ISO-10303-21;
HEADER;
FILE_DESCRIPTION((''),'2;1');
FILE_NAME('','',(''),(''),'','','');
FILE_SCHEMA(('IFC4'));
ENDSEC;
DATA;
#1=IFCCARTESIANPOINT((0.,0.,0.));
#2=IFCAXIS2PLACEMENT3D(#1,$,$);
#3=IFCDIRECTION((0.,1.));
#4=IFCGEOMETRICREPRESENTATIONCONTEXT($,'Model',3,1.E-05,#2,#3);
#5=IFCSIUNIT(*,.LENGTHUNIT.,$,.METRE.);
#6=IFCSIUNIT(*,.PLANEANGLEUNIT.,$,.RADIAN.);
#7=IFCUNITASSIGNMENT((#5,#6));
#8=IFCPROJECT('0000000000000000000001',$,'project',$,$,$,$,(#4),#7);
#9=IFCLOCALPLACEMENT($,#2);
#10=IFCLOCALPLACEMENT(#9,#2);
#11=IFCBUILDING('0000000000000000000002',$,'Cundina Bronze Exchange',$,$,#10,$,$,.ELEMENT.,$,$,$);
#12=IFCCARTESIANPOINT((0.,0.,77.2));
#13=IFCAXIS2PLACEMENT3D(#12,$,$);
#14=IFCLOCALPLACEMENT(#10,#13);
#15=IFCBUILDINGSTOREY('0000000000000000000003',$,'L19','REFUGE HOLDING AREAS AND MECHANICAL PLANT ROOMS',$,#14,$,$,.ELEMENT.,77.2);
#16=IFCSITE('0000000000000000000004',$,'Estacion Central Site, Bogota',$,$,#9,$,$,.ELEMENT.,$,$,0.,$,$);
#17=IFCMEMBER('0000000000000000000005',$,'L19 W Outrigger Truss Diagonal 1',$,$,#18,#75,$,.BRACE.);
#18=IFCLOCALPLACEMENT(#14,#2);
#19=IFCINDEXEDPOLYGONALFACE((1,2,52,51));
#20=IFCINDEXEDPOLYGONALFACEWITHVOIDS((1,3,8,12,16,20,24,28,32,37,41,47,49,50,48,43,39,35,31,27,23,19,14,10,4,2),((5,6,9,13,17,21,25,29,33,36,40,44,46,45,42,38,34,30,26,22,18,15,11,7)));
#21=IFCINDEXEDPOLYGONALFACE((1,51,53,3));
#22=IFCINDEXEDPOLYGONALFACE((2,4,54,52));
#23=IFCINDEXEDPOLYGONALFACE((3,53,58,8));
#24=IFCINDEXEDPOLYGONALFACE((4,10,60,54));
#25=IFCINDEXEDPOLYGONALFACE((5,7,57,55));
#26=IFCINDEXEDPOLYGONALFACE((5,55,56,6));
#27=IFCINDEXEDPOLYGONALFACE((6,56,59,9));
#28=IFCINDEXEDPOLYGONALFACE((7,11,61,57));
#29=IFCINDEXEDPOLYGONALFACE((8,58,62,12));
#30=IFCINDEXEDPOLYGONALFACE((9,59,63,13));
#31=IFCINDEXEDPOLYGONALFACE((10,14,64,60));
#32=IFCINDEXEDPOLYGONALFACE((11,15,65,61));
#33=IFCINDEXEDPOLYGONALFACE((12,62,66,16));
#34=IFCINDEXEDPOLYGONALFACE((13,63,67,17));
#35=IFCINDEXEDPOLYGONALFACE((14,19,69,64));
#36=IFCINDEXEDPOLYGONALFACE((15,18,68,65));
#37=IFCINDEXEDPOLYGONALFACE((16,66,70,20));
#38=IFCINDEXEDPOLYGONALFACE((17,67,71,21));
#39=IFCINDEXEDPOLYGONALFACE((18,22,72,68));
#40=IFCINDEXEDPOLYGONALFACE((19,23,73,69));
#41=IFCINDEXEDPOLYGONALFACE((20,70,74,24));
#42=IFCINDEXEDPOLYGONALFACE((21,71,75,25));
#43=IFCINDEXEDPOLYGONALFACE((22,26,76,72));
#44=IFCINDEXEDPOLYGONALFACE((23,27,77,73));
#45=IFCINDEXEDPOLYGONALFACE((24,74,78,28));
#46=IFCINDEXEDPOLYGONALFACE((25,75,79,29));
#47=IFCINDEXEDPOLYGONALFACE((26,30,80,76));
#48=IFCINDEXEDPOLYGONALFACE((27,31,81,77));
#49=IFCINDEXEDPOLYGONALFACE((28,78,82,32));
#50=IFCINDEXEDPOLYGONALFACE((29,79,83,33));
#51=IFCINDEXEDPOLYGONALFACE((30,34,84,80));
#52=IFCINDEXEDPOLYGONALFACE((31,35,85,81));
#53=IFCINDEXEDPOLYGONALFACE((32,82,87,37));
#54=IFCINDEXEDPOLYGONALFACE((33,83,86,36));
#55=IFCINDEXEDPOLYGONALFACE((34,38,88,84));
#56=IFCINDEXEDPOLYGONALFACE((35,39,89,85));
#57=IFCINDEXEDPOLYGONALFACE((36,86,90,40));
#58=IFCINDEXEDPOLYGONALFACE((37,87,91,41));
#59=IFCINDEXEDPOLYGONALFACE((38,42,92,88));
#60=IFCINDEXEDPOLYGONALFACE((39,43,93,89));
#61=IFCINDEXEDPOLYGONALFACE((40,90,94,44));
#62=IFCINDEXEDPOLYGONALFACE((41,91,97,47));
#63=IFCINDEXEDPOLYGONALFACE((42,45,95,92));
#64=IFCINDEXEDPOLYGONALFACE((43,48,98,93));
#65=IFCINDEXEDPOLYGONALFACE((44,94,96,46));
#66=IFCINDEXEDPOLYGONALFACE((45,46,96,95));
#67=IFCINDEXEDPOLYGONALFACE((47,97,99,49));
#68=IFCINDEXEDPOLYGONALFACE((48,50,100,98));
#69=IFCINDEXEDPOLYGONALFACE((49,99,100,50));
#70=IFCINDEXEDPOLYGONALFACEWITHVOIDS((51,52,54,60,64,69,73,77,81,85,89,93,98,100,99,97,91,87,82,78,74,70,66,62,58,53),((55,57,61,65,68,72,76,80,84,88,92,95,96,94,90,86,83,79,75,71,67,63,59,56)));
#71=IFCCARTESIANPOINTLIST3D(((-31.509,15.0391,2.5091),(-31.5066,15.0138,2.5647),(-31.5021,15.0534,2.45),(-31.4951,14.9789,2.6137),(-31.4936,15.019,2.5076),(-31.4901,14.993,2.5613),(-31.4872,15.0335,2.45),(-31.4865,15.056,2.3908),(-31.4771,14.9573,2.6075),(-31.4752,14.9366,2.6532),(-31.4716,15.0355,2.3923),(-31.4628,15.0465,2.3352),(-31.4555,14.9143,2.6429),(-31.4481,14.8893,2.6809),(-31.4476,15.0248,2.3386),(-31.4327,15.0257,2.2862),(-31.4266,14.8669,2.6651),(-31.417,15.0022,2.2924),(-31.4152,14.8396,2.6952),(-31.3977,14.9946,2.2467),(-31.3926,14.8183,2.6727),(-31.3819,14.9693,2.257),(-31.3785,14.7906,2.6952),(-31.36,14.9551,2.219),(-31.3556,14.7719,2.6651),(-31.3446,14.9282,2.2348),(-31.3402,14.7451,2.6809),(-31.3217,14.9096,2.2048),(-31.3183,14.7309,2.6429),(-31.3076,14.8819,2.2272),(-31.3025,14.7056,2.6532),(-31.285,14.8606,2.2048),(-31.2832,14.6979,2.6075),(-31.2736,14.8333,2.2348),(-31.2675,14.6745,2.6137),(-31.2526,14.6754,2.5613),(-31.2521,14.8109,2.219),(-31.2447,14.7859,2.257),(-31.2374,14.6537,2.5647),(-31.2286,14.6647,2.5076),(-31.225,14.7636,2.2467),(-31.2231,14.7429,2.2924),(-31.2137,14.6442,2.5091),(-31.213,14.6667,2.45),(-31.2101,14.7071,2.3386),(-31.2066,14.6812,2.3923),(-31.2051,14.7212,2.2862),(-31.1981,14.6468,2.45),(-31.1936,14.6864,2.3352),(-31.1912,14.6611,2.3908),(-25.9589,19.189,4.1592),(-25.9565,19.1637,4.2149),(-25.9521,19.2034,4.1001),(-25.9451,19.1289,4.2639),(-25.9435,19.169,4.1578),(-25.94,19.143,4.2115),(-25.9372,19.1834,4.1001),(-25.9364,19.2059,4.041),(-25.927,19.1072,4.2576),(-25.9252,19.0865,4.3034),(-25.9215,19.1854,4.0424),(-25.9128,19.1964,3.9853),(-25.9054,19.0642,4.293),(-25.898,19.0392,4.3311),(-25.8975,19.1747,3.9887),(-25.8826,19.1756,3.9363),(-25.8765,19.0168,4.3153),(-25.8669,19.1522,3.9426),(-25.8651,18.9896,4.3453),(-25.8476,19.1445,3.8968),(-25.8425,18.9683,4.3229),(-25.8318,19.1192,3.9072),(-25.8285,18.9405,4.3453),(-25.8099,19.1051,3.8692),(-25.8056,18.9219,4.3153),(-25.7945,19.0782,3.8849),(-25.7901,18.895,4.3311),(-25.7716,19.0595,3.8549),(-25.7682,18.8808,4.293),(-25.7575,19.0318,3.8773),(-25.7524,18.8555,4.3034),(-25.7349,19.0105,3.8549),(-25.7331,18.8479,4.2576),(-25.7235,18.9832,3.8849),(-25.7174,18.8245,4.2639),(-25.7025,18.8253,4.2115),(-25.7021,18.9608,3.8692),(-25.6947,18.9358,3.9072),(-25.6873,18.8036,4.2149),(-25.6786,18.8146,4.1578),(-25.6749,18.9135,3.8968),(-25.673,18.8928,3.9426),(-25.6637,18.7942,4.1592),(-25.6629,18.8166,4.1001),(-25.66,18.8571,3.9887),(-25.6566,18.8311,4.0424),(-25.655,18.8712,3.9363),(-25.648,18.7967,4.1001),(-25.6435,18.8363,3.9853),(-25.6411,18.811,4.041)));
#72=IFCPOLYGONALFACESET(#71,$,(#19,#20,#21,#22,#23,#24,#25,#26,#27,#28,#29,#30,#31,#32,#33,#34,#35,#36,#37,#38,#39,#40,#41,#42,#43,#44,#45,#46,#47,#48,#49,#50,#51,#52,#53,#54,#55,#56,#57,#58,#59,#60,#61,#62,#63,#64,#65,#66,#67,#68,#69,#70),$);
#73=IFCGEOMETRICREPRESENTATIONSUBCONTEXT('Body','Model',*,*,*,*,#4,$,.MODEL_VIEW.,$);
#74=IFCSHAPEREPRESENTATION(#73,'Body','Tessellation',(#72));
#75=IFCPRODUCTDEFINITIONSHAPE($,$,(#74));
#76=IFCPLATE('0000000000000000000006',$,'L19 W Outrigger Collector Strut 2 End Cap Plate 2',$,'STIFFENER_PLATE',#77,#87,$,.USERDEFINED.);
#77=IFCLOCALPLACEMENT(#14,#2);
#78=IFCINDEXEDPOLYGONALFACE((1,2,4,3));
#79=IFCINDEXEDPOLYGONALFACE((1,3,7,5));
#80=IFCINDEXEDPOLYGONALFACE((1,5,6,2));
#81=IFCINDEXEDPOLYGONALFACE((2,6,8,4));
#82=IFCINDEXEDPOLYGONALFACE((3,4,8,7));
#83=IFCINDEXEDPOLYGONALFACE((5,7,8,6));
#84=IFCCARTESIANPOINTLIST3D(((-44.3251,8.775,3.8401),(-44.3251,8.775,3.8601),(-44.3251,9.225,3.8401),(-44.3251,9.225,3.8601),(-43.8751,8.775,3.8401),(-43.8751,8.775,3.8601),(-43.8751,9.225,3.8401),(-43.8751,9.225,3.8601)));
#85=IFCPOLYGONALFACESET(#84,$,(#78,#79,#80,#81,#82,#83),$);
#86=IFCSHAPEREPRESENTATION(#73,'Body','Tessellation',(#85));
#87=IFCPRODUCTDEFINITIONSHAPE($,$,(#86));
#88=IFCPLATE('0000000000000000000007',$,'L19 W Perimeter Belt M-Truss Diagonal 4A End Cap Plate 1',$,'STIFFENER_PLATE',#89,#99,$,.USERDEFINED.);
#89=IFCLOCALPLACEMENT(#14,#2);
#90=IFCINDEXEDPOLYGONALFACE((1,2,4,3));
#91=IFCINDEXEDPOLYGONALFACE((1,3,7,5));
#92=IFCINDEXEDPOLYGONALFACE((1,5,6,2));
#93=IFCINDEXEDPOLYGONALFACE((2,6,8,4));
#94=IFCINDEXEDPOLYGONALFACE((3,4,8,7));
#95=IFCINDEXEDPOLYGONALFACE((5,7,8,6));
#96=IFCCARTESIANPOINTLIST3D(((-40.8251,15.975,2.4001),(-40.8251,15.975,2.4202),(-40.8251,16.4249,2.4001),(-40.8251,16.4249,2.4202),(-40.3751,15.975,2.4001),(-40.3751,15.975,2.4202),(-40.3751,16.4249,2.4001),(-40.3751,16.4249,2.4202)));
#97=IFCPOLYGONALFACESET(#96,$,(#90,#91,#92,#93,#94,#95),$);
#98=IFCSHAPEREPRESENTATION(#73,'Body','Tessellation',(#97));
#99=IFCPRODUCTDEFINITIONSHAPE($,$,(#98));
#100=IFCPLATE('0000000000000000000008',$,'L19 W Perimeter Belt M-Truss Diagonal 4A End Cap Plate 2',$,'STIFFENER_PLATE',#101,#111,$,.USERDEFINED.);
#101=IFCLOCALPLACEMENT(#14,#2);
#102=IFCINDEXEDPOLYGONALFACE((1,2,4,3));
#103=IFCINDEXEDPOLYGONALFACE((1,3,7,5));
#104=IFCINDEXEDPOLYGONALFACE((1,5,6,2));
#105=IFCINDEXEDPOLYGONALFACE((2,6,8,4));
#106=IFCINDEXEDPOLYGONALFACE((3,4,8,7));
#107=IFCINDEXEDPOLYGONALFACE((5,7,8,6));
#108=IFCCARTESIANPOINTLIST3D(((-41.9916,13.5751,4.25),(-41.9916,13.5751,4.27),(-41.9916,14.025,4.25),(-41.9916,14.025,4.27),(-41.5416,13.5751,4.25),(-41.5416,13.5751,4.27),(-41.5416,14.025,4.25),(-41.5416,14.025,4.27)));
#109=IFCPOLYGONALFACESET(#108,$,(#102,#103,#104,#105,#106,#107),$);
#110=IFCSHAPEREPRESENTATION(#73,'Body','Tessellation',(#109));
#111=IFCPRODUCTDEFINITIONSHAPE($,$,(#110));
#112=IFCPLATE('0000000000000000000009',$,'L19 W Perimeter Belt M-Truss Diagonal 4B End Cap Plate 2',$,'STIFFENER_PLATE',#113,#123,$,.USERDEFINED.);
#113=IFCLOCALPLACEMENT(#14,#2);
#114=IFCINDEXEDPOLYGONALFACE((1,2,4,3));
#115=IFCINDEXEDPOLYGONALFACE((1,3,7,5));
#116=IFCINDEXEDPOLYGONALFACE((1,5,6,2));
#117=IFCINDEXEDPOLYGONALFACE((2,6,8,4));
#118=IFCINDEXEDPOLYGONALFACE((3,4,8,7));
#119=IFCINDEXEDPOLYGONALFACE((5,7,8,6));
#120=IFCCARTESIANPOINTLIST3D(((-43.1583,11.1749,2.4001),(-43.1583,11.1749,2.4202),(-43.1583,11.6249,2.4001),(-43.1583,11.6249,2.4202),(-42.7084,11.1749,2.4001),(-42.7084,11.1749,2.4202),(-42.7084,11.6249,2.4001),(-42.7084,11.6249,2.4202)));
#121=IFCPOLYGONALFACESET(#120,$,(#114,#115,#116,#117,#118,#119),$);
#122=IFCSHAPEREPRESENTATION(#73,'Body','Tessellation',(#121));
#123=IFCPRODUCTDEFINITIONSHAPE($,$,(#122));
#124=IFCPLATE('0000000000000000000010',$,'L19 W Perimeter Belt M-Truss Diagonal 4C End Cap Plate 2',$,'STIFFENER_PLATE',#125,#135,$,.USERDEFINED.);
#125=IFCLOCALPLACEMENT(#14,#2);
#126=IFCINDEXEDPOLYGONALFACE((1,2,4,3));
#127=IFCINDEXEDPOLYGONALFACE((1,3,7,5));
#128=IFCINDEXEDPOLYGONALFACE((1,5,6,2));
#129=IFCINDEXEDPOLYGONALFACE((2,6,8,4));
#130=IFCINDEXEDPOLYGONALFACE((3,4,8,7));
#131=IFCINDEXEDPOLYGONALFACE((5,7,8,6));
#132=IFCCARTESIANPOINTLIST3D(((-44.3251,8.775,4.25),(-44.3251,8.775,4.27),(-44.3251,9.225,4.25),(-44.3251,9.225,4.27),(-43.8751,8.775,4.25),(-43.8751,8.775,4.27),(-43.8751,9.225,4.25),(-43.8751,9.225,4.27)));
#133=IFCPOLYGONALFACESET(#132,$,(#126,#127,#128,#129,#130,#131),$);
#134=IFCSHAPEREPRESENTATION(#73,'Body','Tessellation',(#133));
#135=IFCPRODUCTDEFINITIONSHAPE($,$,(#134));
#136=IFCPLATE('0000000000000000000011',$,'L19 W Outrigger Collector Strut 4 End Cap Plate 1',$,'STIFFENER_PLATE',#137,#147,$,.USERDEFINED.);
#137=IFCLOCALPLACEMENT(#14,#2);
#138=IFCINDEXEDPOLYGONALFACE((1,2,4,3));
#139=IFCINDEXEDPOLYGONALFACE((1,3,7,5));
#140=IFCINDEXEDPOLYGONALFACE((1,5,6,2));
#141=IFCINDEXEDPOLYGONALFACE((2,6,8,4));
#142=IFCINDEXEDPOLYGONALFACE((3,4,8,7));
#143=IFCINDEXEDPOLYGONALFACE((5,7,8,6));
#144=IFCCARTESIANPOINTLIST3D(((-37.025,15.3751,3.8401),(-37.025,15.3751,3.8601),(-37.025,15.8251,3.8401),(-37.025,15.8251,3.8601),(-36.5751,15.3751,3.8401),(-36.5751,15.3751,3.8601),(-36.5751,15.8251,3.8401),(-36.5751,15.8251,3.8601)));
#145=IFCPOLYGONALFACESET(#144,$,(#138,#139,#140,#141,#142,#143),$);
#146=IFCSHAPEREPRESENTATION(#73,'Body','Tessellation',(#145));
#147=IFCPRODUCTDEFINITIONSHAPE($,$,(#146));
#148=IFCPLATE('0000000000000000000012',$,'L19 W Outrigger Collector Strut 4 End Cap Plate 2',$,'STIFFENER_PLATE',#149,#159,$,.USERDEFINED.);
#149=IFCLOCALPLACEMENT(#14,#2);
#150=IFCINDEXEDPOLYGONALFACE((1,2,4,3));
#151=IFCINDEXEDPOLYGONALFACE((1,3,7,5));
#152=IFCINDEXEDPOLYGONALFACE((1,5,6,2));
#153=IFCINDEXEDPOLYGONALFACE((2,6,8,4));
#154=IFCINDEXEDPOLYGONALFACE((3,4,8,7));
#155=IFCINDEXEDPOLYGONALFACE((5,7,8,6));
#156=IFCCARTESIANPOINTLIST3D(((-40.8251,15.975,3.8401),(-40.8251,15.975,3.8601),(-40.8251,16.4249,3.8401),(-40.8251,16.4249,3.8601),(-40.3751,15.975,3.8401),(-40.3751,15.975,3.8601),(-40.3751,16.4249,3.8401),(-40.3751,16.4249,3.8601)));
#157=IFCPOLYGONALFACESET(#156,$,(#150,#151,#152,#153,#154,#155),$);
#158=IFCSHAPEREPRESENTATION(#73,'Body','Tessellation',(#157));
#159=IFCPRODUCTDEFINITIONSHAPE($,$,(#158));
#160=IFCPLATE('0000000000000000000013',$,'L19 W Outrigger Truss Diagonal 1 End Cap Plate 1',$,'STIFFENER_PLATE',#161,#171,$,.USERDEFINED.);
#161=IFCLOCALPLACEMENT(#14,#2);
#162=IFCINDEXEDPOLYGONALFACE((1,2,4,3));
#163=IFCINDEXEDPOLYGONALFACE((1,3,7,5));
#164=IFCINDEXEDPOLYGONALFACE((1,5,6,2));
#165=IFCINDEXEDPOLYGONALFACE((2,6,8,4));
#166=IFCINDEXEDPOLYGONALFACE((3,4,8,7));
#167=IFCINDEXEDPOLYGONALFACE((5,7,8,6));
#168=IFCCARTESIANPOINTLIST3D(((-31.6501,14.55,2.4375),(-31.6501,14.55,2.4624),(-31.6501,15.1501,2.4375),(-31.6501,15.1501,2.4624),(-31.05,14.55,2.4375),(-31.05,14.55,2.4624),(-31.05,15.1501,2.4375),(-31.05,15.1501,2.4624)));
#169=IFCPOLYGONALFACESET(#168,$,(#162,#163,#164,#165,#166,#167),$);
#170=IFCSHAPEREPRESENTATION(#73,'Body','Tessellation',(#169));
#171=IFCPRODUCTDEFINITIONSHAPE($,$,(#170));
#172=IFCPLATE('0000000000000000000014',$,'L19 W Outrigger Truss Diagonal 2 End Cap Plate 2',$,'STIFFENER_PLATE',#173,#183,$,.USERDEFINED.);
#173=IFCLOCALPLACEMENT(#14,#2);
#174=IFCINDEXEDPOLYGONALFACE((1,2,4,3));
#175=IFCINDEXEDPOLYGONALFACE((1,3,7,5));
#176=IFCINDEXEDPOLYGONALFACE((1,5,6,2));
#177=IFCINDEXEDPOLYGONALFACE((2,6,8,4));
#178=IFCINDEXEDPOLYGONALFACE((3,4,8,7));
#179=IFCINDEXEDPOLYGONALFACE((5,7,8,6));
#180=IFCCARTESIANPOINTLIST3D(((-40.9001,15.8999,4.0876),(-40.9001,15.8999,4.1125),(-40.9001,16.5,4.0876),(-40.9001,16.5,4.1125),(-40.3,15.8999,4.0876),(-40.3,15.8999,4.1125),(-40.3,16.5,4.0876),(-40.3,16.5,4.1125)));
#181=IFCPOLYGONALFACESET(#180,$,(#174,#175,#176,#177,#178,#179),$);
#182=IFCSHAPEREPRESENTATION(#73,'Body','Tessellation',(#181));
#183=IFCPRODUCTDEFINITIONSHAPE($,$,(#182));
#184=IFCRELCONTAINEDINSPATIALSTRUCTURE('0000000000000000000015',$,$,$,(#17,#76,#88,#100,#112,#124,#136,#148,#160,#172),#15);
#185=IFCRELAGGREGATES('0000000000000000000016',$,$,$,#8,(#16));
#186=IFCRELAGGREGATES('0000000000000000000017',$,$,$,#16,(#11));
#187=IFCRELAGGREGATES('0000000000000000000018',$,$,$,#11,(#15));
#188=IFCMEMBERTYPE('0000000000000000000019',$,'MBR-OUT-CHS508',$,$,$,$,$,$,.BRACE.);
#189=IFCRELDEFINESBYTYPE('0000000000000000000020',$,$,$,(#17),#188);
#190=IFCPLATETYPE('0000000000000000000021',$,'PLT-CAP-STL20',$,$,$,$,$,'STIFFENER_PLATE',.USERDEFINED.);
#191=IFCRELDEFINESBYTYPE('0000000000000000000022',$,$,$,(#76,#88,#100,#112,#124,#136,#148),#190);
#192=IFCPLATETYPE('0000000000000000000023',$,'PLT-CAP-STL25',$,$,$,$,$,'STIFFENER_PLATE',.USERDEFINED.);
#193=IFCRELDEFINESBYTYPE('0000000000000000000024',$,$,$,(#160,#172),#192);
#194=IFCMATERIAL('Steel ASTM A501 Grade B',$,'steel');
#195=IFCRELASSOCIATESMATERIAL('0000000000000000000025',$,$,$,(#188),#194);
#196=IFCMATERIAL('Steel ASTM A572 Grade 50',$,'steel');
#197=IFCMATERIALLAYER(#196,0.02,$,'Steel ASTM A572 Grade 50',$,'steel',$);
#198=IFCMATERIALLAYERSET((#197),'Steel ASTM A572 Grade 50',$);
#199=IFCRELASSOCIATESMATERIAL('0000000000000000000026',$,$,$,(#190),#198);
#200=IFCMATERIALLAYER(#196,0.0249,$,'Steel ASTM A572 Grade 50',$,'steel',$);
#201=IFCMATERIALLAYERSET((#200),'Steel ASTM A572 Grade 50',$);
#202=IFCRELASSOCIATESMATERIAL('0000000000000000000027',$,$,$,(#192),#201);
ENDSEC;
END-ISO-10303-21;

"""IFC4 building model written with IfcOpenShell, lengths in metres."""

from ifc_helpers import new_model, si_unit, direction, frame, origin, origin_2d, place, context, subcontext, project, spatial, rectangle, hollow_circle, extrude, material, layer, layer_set, material_profile, profile_set, type_object, element, save


model = new_model("IFC4")

# Units and contexts
model_context = context("Model", 3, precision=1e-05, world=origin(), true_north=direction((0.0, 1.0)))
body_context = subcontext(model_context, "Body", "Model", "MODEL_VIEW")
ifc_project = project(units=[si_unit("LENGTHUNIT", "METRE"), si_unit("PLANEANGLEUNIT", "RADIAN")], contexts=[model_context])

# Site, building, storey
site_placement = place(None, origin())
site = spatial("IfcSite", under=ifc_project, at=site_placement, Name="Estacion Central Site, Bogota", CompositionType="ELEMENT", RefElevation=0.0)
building_placement = place(site_placement, origin())
building = spatial("IfcBuilding", under=site, at=building_placement, Name="Cundina Bronze Exchange", CompositionType="ELEMENT")
storey_placement = place(building_placement, frame((0.0, 0.0, 77.2)))
storey = spatial("IfcBuildingStorey", under=building, at=storey_placement, Name="L19", Description="REFUGE HOLDING AREAS AND MECHANICAL PLANT ROOMS", CompositionType="ELEMENT", Elevation=77.2)

# Member
ifc_material_1 = material(Name="Steel ASTM A501 Grade B", Category="steel")
ifc_material_profile_1 = material_profile(ifc_material_1, hollow_circle(Radius=0.2539, WallThickness=0.0249, at=origin_2d()), Name="CHS508X25", Category="steel")
ifc_profile_set_1 = profile_set([ifc_material_profile_1], Name="Steel ASTM A501 Grade B")
member_type_1 = type_object("IfcMemberType", Name="MBR-OUT-CHS508", PredefinedType="BRACE", material=ifc_profile_set_1)
member_1_placement = place(storey_placement, frame((-31.3501, 14.8501, 2.45), z_axis=(0.779092, 0.582545, 0.23164), x_axis=(-0.598833, 0.800874, 0.0)))
element("IfcMember", 1, at=member_1_placement, inside=storey, type_object=member_type_1, Name="L19 W Outrigger Truss Diagonal 1", PredefinedType="BRACE", context=body_context, shape_type="SweptSolid", body=[
    extrude(hollow_circle(Radius=0.2539, WallThickness=0.0249, at=origin_2d()), origin(), (0.0, 0.0, 1.0), 7.1238),
])

# Plates
ifc_material_2 = material(Name="Steel ASTM A572 Grade 50", Category="steel")
ifc_layer_1 = layer(ifc_material_2, 0.02, Name="Steel ASTM A572 Grade 50", Category="steel")
ifc_layer_set_1 = layer_set([ifc_layer_1], Name="Steel ASTM A572 Grade 50")
plate_type_1 = type_object("IfcPlateType", Name="PLT-CAP-STL20", ElementType="STIFFENER_PLATE", PredefinedType="USERDEFINED", material=ifc_layer_set_1)
for number, where, z_axis, x_axis, name in (
    (2, (-44.1001, 9.0, 3.8401), (0.0, 0.0, 1.0), (1.0, 0.0, 0.0), "L19 W Outrigger Collector Strut 2 End Cap Plate 2"),
    (3, (-40.6001, 16.2, 2.4001), (0.0, 0.0, 1.0), (1.0, 0.0, 0.0), "L19 W Perimeter Belt M-Truss Diagonal 4A End Cap Plate 1"),
    (4, (-41.7666, 13.8, 4.25), (0.0, 0.0, 1.0), (1.0, 0.0, 0.0), "L19 W Perimeter Belt M-Truss Diagonal 4A End Cap Plate 2"),
    (5, (-42.9333, 11.3999, 2.4001), (0.0, 0.0, 1.0), (1.0, 0.0, 0.0), "L19 W Perimeter Belt M-Truss Diagonal 4B End Cap Plate 2"),
    (6, (-44.1001, 9.0, 4.25), (0.0, 0.0, 1.0), (1.0, 0.0, 0.0), "L19 W Perimeter Belt M-Truss Diagonal 4C End Cap Plate 2"),
    (7, (-36.8, 15.6001, 3.8401), (0.0, 0.0, 1.0), (1.0, 0.0, 0.0), "L19 W Outrigger Collector Strut 4 End Cap Plate 1"),
    (8, (-40.6001, 16.2, 3.8401), (0.0, 0.0, 1.0), (1.0, 0.0, 0.0), "L19 W Outrigger Collector Strut 4 End Cap Plate 2"),
):
    element("IfcPlate", number, at=place(storey_placement, frame(where, z_axis=z_axis, x_axis=x_axis)), inside=storey, type_object=plate_type_1, Name=name, ObjectType="STIFFENER_PLATE", PredefinedType="USERDEFINED", context=body_context, shape_type="SweptSolid", body=[
        extrude(rectangle(XDim=0.45, YDim=0.45, at=origin_2d()), origin(), (0.0, 0.0, 1.0), 0.02),
    ])
ifc_layer_2 = layer(ifc_material_2, 0.0249, Name="Steel ASTM A572 Grade 50", Category="steel")
ifc_layer_set_2 = layer_set([ifc_layer_2], Name="Steel ASTM A572 Grade 50")
plate_type_2 = type_object("IfcPlateType", Name="PLT-CAP-STL25", ElementType="STIFFENER_PLATE", PredefinedType="USERDEFINED", material=ifc_layer_set_2)
for number, where, z_axis, x_axis, name in (
    (9, (-31.3501, 14.8501, 2.4375), (0.0, 0.0, 1.0), (1.0, 0.0, 0.0), "L19 W Outrigger Truss Diagonal 1 End Cap Plate 1"),
    (10, (-40.6001, 16.2, 4.0876), (0.0, 0.0, 1.0), (1.0, 0.0, 0.0), "L19 W Outrigger Truss Diagonal 2 End Cap Plate 2"),
):
    element("IfcPlate", number, at=place(storey_placement, frame(where, z_axis=z_axis, x_axis=x_axis)), inside=storey, type_object=plate_type_2, Name=name, ObjectType="STIFFENER_PLATE", PredefinedType="USERDEFINED", context=body_context, shape_type="SweptSolid", body=[
        extrude(rectangle(XDim=0.6001, YDim=0.6001, at=origin_2d()), origin(), (0.0, 0.0, 1.0), 0.0249),
    ])

save(model, "model.ifc")
